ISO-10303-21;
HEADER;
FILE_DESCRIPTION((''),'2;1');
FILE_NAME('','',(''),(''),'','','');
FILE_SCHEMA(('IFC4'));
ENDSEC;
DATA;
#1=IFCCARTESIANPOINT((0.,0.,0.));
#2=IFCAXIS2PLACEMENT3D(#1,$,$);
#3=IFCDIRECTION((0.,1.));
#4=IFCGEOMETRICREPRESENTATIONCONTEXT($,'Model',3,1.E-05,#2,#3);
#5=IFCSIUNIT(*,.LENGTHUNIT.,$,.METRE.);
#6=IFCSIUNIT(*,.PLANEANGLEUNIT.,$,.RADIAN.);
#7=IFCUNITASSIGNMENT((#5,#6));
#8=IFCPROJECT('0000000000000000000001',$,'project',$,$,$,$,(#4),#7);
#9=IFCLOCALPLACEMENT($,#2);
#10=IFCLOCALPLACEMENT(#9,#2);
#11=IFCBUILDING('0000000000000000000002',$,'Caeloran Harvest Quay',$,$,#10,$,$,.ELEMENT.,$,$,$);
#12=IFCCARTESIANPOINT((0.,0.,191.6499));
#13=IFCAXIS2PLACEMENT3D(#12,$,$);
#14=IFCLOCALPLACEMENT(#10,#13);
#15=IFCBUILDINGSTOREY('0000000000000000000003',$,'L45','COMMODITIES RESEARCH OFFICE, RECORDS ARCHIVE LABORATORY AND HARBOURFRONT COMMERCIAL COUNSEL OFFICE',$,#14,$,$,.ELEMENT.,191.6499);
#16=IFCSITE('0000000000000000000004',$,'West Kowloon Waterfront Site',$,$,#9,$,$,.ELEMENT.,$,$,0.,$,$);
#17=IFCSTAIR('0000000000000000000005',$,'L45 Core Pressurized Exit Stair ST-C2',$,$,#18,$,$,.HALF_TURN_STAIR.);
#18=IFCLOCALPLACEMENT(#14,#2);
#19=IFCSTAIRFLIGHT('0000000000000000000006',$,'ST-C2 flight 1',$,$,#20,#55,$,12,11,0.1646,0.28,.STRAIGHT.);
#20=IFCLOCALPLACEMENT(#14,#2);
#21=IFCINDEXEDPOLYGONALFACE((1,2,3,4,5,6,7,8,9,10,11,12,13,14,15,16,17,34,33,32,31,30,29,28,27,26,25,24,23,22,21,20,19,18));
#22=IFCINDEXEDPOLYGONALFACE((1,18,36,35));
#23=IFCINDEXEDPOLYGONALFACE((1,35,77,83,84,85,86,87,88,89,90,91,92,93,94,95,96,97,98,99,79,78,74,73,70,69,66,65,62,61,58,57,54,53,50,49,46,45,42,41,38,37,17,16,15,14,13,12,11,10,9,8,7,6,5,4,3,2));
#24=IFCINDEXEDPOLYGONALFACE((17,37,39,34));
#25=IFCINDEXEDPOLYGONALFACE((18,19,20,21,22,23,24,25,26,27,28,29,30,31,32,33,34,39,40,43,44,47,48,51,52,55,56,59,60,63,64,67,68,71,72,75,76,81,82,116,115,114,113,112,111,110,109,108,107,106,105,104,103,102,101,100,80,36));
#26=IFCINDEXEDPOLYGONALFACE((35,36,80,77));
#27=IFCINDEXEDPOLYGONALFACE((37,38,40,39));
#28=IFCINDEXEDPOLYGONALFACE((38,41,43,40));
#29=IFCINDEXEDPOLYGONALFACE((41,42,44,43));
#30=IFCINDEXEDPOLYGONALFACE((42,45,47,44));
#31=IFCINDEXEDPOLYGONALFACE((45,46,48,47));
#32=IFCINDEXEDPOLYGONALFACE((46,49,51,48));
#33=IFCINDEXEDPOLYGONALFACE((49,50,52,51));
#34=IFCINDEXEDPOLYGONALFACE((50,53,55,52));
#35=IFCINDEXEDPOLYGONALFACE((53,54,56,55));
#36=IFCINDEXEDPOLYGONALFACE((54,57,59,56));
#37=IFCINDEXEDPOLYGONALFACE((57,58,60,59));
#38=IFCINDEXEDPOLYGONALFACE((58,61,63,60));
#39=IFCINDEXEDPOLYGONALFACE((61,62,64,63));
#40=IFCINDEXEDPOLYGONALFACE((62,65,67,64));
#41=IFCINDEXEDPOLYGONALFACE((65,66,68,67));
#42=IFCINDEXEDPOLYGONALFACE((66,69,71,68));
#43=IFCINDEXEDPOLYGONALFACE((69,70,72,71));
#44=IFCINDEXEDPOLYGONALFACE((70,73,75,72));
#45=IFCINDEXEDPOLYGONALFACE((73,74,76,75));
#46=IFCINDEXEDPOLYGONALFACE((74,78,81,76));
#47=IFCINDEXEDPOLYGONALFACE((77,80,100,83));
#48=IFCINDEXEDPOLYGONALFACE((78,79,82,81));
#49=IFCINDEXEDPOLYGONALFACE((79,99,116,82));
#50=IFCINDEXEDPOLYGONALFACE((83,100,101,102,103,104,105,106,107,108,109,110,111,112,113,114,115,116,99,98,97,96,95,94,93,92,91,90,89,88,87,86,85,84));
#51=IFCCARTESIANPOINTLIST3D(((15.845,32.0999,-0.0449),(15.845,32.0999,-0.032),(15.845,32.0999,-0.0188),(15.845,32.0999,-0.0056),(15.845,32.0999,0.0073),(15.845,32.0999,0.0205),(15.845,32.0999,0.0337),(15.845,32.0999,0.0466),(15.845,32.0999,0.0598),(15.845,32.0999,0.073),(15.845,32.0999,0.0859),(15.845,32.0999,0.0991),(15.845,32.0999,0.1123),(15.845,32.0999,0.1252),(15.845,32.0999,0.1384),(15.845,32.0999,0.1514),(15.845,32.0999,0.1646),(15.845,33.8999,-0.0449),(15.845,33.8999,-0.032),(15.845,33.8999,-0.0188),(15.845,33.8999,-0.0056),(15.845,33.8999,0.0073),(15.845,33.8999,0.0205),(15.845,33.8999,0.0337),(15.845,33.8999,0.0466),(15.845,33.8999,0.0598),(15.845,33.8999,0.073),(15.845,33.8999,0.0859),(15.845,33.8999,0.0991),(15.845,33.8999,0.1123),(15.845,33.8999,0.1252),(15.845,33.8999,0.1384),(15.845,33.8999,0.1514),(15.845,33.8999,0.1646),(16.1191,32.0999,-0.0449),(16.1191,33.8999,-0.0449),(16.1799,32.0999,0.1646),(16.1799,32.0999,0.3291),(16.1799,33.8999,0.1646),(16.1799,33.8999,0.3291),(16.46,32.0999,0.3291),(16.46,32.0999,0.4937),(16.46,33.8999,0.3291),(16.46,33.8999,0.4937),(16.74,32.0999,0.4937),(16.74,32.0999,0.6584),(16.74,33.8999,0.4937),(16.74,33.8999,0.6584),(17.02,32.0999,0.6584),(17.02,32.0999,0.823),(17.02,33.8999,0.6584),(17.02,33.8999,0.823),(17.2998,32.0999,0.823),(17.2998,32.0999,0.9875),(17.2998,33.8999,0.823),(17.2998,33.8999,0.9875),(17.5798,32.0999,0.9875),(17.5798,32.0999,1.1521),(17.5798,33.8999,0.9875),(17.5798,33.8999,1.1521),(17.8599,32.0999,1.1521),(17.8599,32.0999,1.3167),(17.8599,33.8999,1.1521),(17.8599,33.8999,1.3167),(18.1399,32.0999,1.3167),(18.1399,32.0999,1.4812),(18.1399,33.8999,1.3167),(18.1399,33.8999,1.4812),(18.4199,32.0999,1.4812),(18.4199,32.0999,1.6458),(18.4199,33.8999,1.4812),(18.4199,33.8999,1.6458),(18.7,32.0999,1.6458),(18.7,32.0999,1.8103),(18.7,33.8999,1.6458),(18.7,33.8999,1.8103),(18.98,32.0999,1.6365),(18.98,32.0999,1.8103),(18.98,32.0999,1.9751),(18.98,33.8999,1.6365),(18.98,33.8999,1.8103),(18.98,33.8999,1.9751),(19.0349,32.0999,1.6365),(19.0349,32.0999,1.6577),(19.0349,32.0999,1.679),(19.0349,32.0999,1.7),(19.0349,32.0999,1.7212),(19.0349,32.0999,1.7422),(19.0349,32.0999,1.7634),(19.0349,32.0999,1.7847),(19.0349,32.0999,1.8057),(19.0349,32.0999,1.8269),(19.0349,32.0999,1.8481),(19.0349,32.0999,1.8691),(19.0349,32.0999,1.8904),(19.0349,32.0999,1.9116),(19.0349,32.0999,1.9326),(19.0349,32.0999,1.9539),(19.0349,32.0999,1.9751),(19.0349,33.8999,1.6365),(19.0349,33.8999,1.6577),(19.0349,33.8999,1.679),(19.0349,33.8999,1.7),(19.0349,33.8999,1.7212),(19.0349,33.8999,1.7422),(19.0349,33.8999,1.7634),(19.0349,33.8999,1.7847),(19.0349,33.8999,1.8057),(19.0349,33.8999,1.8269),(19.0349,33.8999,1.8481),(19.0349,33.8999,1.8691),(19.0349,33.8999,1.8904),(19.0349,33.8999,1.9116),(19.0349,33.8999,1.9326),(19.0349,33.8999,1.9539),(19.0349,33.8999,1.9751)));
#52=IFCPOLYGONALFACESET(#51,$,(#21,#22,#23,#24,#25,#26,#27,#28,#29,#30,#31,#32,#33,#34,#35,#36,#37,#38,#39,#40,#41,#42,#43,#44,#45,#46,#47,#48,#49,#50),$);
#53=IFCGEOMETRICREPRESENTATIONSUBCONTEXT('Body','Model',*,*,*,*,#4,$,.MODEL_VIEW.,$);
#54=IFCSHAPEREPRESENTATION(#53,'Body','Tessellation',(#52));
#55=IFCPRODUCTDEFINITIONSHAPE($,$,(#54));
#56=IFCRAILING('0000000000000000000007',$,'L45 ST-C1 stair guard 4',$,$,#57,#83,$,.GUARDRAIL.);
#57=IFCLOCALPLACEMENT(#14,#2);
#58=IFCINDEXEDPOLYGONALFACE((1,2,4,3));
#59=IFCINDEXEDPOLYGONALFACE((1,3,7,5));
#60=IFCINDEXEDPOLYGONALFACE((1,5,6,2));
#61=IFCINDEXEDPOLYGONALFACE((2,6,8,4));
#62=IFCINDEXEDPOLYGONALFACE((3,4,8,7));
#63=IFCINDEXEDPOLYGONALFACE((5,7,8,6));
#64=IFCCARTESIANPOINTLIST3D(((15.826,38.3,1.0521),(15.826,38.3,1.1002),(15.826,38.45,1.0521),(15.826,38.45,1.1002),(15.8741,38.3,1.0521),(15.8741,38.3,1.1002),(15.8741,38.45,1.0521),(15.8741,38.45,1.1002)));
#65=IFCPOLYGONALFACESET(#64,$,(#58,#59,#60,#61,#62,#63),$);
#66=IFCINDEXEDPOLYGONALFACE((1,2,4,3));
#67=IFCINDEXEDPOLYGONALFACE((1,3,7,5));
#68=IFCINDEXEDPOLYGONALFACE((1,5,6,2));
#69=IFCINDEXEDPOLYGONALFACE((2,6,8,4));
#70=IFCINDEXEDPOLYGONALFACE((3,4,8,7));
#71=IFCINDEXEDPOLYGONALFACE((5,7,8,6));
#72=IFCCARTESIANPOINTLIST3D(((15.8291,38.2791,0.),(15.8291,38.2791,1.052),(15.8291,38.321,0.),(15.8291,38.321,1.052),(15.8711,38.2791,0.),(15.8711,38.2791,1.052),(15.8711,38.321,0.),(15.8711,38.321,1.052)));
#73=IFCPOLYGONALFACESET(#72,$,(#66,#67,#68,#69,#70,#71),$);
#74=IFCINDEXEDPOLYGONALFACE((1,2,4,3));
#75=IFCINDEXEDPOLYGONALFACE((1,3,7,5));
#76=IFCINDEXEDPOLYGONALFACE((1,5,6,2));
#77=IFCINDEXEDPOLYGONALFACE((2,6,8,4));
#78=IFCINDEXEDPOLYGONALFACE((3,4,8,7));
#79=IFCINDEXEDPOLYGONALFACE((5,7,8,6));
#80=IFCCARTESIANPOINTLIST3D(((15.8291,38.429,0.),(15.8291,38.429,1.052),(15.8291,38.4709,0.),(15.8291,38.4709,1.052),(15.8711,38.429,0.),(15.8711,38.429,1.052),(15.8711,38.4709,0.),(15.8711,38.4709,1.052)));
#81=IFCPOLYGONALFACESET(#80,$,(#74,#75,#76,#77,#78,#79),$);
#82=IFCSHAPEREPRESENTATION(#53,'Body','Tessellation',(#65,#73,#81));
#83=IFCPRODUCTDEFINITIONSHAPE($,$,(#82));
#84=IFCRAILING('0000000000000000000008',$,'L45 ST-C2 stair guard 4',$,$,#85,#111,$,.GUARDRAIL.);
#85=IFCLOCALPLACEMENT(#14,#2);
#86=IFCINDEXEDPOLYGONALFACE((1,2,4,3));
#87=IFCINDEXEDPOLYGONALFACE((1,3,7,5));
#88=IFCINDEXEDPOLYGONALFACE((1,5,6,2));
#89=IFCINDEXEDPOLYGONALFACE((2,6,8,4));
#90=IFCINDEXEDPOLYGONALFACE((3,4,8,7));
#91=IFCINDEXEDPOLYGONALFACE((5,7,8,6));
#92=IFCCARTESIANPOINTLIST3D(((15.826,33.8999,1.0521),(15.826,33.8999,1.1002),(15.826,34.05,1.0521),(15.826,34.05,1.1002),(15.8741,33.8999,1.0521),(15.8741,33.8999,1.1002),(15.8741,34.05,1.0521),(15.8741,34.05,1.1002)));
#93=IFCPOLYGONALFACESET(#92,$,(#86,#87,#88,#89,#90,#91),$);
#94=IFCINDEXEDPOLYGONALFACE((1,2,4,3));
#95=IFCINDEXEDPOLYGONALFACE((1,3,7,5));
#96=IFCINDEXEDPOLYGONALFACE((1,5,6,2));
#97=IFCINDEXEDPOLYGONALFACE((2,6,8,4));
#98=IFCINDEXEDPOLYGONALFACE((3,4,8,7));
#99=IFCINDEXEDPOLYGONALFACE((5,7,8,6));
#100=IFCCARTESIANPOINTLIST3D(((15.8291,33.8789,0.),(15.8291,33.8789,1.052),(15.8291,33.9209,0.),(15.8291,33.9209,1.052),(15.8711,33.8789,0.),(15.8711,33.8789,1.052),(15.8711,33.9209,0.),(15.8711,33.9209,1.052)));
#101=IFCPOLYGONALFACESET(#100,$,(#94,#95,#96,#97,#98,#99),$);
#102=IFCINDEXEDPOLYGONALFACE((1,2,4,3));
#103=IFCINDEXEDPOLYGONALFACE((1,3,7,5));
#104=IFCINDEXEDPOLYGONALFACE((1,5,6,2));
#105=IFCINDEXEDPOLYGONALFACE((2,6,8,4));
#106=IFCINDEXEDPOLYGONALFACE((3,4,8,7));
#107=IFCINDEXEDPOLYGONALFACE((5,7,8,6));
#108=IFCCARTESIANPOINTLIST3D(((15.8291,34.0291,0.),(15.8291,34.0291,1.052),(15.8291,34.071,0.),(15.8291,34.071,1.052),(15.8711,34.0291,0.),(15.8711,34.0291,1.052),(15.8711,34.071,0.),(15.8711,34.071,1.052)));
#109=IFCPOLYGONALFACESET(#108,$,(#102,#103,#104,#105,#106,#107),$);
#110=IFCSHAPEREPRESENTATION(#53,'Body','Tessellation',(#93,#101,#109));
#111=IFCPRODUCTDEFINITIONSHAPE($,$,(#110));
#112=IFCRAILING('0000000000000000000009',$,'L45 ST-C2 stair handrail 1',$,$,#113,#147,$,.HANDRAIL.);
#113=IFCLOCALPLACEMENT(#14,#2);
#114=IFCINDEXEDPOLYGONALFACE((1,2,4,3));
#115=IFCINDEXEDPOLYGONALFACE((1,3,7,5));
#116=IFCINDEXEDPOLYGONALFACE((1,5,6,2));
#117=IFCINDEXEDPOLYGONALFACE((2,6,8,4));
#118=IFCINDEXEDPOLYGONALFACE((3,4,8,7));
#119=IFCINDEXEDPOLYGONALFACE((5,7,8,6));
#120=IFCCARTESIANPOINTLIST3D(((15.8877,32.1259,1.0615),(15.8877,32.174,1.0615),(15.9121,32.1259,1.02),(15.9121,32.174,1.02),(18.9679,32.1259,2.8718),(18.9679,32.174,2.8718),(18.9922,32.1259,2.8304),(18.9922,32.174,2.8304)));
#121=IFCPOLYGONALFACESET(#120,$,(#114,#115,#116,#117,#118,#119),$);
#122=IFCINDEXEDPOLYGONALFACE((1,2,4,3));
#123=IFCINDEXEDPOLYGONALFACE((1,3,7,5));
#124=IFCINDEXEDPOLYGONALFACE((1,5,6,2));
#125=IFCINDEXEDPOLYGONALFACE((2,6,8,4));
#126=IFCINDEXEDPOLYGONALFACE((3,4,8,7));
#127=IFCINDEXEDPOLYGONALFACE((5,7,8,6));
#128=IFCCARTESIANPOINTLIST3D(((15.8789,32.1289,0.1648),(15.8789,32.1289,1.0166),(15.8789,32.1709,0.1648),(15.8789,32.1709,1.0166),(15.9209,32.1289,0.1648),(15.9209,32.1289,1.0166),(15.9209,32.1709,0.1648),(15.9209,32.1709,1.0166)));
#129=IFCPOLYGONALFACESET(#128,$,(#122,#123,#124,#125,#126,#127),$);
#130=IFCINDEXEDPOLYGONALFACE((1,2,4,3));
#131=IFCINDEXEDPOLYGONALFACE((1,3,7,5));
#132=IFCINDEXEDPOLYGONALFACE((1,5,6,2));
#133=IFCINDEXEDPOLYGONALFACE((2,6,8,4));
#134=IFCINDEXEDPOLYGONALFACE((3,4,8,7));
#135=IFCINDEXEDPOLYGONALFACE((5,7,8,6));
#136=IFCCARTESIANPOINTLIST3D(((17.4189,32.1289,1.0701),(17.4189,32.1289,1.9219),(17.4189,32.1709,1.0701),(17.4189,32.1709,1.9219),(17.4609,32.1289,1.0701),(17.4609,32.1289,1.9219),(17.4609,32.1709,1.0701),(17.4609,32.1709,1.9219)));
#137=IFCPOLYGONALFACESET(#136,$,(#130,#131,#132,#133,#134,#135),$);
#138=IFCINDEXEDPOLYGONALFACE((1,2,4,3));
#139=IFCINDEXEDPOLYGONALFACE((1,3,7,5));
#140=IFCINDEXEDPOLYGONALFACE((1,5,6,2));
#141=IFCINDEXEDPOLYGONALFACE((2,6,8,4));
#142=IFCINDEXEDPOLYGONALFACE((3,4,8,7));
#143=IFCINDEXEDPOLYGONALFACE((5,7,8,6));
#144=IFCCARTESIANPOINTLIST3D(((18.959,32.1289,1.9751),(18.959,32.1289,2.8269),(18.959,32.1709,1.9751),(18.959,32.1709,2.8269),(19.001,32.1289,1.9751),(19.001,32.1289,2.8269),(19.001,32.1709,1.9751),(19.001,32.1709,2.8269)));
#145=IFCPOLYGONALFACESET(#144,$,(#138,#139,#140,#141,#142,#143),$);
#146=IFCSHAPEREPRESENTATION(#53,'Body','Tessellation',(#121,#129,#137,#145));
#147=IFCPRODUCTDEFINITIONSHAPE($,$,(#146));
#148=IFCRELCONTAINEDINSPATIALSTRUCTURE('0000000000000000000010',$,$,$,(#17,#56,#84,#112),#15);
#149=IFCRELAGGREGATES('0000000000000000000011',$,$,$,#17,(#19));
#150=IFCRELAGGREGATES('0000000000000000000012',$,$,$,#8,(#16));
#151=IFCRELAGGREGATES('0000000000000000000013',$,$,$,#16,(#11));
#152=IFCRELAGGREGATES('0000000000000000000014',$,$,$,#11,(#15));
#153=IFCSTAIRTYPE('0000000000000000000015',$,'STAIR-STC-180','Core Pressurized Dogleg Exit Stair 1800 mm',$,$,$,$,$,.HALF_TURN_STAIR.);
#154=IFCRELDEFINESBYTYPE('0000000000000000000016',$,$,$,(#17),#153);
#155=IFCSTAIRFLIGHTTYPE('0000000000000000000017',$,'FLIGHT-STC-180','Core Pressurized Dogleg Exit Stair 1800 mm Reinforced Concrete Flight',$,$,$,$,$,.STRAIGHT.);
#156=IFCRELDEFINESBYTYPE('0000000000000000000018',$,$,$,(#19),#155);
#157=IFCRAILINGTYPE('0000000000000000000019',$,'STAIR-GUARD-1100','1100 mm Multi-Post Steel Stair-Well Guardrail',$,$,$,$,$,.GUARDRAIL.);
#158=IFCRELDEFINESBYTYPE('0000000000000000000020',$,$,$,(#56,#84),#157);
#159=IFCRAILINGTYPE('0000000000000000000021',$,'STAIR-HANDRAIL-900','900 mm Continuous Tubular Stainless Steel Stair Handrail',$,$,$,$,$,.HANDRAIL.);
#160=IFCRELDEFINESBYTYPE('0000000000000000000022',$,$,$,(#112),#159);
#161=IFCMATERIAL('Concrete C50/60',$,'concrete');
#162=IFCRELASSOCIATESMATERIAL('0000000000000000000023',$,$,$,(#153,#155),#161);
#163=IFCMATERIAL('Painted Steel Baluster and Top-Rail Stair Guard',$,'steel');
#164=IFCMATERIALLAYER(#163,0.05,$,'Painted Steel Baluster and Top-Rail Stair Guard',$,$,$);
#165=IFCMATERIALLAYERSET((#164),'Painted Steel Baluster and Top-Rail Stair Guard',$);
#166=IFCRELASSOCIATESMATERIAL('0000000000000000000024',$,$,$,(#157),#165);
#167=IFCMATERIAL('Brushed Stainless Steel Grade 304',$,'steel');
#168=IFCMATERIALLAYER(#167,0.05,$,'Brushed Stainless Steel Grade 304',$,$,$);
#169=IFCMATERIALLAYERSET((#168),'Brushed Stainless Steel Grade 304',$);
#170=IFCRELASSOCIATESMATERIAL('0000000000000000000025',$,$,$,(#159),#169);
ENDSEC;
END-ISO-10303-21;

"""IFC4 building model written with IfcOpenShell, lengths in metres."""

from ifc_helpers import new_model, si_unit, direction, frame, origin, origin_2d, place, context, subcontext, project, spatial, polyline, rectangle, outline, extrude, material, layer, layer_set, type_object, element, aggregate, save


model = new_model("IFC4")

# Units and contexts
model_context = context("Model", 3, precision=1e-05, world=origin(), true_north=direction((0.0, 1.0)))
body_context = subcontext(model_context, "Body", "Model", "MODEL_VIEW")
ifc_project = project(units=[si_unit("LENGTHUNIT", "METRE"), si_unit("PLANEANGLEUNIT", "RADIAN")], contexts=[model_context])

# Site, building, storey
site_placement = place(None, origin())
site = spatial("IfcSite", under=ifc_project, at=site_placement, Name="West Kowloon Waterfront Site", CompositionType="ELEMENT", RefElevation=0.0)
building_placement = place(site_placement, origin())
building = spatial("IfcBuilding", under=site, at=building_placement, Name="Caeloran Harvest Quay", CompositionType="ELEMENT")
storey_placement = place(building_placement, frame((0.0, 0.0, 191.6499)))
storey = spatial("IfcBuildingStorey", under=building, at=storey_placement, Name="L45", Description="COMMODITIES RESEARCH OFFICE, RECORDS ARCHIVE LABORATORY AND HARBOURFRONT COMMERCIAL COUNSEL OFFICE", CompositionType="ELEMENT", Elevation=191.6499)

# Shared definitions
ifc_material_1 = material(Name="Concrete C50/60", Category="concrete")

# Stair, stair flight
stair_type = type_object("IfcStairType", Name="STAIR-STC-180", Description="Core Pressurized Dogleg Exit Stair 1800 mm", PredefinedType="HALF_TURN_STAIR", material=ifc_material_1)
stair_placement = place(storey_placement, origin())
stair = element("IfcStair", 1, at=stair_placement, inside=storey, type_object=stair_type, Name="L45 Core Pressurized Exit Stair ST-C2", PredefinedType="HALF_TURN_STAIR")
stair_flight_type = type_object("IfcStairFlightType", Name="FLIGHT-STC-180", Description="Core Pressurized Dogleg Exit Stair 1800 mm Reinforced Concrete Flight", PredefinedType="STRAIGHT", material=ifc_material_1)
stair_flight_placement = place(storey_placement, frame((15.8999, 33.0, 0.0), z_axis=(0.0, 0.0, 1.0), x_axis=(1.0, 0.0, 0.0)))
stair_flight = element("IfcStairFlight", 2, at=stair_flight_placement, type_object=stair_flight_type, Name="ST-C2 flight 1", NumberOfRisers=12, NumberOfTreads=11, PredefinedType="STRAIGHT", RiserHeight=0.1646, TreadLength=0.28, context=body_context, shape_type="SweptSolid", body=[
    extrude(outline(polyline([(-0.0549, -0.0449), (-0.0549, -0.032), (-0.0549, -0.0188), (-0.0549, -0.0056), (-0.0549, 0.0073), (-0.0549, 0.0205), (-0.0549, 0.0337), (-0.0549, 0.0466), (-0.0549, 0.0598), (-0.0549, 0.073), (-0.0549, 0.0859), (-0.0549, 0.0991), (-0.0549, 0.1123), (-0.0549, 0.1252), (-0.0549, 0.1384), (-0.0549, 0.1514), (-0.0549, 0.1646), (0.28, 0.1646), (0.28, 0.3291), (0.5601, 0.3291), (0.5601, 0.4937), (0.8401, 0.4937), (0.8401, 0.6584), (1.1201, 0.6584), (1.1201, 0.823), (1.3999, 0.823), (1.3999, 0.9875), (1.6799, 0.9875), (1.6799, 1.1521), (1.96, 1.1521), (1.96, 1.3167), (2.24, 1.3167), (2.24, 1.4812), (2.52, 1.4812), (2.52, 1.6458), (2.8, 1.6458), (2.8, 1.8103), (3.0801, 1.8103), (3.0801, 1.9751), (3.135, 1.9751), (3.135, 1.9539), (3.135, 1.9326), (3.135, 1.9116), (3.135, 1.8904), (3.135, 1.8691), (3.135, 1.8481), (3.135, 1.8269), (3.135, 1.8057), (3.135, 1.7847), (3.135, 1.7634), (3.135, 1.7422), (3.135, 1.7212), (3.135, 1.7), (3.135, 1.679), (3.135, 1.6577), (3.135, 1.6365), (3.0801, 1.6365), (0.2192, -0.0449), (-0.0549, -0.0449)])), frame((0.0, 0.8999, 0.0), z_axis=(0.0, -1.0, 0.0), x_axis=(1.0, 0.0, 0.0)), (0.0, 0.0, 1.0), 1.8),
])
aggregate(stair, [stair_flight])

# Railings
ifc_material_2 = material(Name="Painted Steel Baluster and Top-Rail Stair Guard", Category="steel")
ifc_layer_1 = layer(ifc_material_2, 0.05, Name="Painted Steel Baluster and Top-Rail Stair Guard")
ifc_layer_set_1 = layer_set([ifc_layer_1], Name="Painted Steel Baluster and Top-Rail Stair Guard")
railing_type_1 = type_object("IfcRailingType", Name="STAIR-GUARD-1100", Description="1100 mm Multi-Post Steel Stair-Well Guardrail", PredefinedType="GUARDRAIL", material=ifc_layer_set_1)
railing_1_placement = place(storey_placement, frame((15.8501, 38.3, 0.0)))
element("IfcRailing", 3, at=railing_1_placement, inside=storey, type_object=railing_type_1, Name="L45 ST-C1 stair guard 4", PredefinedType="GUARDRAIL", context=body_context, shape_type="SweptSolid", body=[
    extrude(rectangle(XDim=0.0481, YDim=0.0481, at=origin_2d()), frame((0.0, 0.0, 1.0762), z_axis=(0.0, 1.0, 0.0), x_axis=(-1.0, 0.0, 0.0)), (0.0, 0.0, 1.0), 0.1499),
    extrude(rectangle(XDim=0.042, YDim=0.042, at=origin_2d()), origin(), (0.0, 0.0, 1.0), 1.052),
    extrude(rectangle(XDim=0.042, YDim=0.042, at=origin_2d()), frame((0.0, 0.1499, 0.0)), (0.0, 0.0, 1.0), 1.052),
])
railing_2_placement = place(storey_placement, frame((15.8501, 33.8999, 0.0)))
element("IfcRailing", 4, at=railing_2_placement, inside=storey, type_object=railing_type_1, Name="L45 ST-C2 stair guard 4", PredefinedType="GUARDRAIL", context=body_context, shape_type="SweptSolid", body=[
    extrude(rectangle(XDim=0.0481, YDim=0.0481, at=origin_2d()), frame((0.0, 0.0, 1.0762), z_axis=(0.0, 1.0, 0.0), x_axis=(-1.0, 0.0, 0.0)), (0.0, 0.0, 1.0), 0.1501),
    extrude(rectangle(XDim=0.042, YDim=0.042, at=origin_2d()), origin(), (0.0, 0.0, 1.0), 1.052),
    extrude(rectangle(XDim=0.042, YDim=0.042, at=origin_2d()), frame((0.0, 0.1501, 0.0)), (0.0, 0.0, 1.0), 1.052),
])
ifc_material_3 = material(Name="Brushed Stainless Steel Grade 304", Category="steel")
ifc_layer_2 = layer(ifc_material_3, 0.05, Name="Brushed Stainless Steel Grade 304")
ifc_layer_set_2 = layer_set([ifc_layer_2], Name="Brushed Stainless Steel Grade 304")
railing_type_2 = type_object("IfcRailingType", Name="STAIR-HANDRAIL-900", Description="900 mm Continuous Tubular Stainless Steel Stair Handrail", PredefinedType="HANDRAIL", material=ifc_layer_set_2)
railing_3_placement = place(storey_placement, frame((15.8999, 32.1499, 0.1648)))
element("IfcRailing", 5, at=railing_3_placement, inside=storey, type_object=railing_type_2, Name="L45 ST-C2 stair handrail 1", PredefinedType="HANDRAIL", context=body_context, shape_type="SweptSolid", body=[
    extrude(rectangle(XDim=0.0481, YDim=0.0481, at=origin_2d()), frame((0.0, 0.0, 0.876), z_axis=(0.862119, 0.0, 0.506707), x_axis=(0.0, 1.0, 0.0)), (0.0, 0.0, 1.0), 3.5728),
    extrude(rectangle(XDim=0.042, YDim=0.042, at=origin_2d()), origin(), (0.0, 0.0, 1.0), 0.8518),
    extrude(rectangle(XDim=0.042, YDim=0.042, at=origin_2d()), frame((1.54, 0.0, 0.9053)), (0.0, 0.0, 1.0), 0.8518),
    extrude(rectangle(XDim=0.042, YDim=0.042, at=origin_2d()), frame((3.0801, 0.0, 1.8103)), (0.0, 0.0, 1.0), 0.8518),
])

save(model, "model.ifc")
